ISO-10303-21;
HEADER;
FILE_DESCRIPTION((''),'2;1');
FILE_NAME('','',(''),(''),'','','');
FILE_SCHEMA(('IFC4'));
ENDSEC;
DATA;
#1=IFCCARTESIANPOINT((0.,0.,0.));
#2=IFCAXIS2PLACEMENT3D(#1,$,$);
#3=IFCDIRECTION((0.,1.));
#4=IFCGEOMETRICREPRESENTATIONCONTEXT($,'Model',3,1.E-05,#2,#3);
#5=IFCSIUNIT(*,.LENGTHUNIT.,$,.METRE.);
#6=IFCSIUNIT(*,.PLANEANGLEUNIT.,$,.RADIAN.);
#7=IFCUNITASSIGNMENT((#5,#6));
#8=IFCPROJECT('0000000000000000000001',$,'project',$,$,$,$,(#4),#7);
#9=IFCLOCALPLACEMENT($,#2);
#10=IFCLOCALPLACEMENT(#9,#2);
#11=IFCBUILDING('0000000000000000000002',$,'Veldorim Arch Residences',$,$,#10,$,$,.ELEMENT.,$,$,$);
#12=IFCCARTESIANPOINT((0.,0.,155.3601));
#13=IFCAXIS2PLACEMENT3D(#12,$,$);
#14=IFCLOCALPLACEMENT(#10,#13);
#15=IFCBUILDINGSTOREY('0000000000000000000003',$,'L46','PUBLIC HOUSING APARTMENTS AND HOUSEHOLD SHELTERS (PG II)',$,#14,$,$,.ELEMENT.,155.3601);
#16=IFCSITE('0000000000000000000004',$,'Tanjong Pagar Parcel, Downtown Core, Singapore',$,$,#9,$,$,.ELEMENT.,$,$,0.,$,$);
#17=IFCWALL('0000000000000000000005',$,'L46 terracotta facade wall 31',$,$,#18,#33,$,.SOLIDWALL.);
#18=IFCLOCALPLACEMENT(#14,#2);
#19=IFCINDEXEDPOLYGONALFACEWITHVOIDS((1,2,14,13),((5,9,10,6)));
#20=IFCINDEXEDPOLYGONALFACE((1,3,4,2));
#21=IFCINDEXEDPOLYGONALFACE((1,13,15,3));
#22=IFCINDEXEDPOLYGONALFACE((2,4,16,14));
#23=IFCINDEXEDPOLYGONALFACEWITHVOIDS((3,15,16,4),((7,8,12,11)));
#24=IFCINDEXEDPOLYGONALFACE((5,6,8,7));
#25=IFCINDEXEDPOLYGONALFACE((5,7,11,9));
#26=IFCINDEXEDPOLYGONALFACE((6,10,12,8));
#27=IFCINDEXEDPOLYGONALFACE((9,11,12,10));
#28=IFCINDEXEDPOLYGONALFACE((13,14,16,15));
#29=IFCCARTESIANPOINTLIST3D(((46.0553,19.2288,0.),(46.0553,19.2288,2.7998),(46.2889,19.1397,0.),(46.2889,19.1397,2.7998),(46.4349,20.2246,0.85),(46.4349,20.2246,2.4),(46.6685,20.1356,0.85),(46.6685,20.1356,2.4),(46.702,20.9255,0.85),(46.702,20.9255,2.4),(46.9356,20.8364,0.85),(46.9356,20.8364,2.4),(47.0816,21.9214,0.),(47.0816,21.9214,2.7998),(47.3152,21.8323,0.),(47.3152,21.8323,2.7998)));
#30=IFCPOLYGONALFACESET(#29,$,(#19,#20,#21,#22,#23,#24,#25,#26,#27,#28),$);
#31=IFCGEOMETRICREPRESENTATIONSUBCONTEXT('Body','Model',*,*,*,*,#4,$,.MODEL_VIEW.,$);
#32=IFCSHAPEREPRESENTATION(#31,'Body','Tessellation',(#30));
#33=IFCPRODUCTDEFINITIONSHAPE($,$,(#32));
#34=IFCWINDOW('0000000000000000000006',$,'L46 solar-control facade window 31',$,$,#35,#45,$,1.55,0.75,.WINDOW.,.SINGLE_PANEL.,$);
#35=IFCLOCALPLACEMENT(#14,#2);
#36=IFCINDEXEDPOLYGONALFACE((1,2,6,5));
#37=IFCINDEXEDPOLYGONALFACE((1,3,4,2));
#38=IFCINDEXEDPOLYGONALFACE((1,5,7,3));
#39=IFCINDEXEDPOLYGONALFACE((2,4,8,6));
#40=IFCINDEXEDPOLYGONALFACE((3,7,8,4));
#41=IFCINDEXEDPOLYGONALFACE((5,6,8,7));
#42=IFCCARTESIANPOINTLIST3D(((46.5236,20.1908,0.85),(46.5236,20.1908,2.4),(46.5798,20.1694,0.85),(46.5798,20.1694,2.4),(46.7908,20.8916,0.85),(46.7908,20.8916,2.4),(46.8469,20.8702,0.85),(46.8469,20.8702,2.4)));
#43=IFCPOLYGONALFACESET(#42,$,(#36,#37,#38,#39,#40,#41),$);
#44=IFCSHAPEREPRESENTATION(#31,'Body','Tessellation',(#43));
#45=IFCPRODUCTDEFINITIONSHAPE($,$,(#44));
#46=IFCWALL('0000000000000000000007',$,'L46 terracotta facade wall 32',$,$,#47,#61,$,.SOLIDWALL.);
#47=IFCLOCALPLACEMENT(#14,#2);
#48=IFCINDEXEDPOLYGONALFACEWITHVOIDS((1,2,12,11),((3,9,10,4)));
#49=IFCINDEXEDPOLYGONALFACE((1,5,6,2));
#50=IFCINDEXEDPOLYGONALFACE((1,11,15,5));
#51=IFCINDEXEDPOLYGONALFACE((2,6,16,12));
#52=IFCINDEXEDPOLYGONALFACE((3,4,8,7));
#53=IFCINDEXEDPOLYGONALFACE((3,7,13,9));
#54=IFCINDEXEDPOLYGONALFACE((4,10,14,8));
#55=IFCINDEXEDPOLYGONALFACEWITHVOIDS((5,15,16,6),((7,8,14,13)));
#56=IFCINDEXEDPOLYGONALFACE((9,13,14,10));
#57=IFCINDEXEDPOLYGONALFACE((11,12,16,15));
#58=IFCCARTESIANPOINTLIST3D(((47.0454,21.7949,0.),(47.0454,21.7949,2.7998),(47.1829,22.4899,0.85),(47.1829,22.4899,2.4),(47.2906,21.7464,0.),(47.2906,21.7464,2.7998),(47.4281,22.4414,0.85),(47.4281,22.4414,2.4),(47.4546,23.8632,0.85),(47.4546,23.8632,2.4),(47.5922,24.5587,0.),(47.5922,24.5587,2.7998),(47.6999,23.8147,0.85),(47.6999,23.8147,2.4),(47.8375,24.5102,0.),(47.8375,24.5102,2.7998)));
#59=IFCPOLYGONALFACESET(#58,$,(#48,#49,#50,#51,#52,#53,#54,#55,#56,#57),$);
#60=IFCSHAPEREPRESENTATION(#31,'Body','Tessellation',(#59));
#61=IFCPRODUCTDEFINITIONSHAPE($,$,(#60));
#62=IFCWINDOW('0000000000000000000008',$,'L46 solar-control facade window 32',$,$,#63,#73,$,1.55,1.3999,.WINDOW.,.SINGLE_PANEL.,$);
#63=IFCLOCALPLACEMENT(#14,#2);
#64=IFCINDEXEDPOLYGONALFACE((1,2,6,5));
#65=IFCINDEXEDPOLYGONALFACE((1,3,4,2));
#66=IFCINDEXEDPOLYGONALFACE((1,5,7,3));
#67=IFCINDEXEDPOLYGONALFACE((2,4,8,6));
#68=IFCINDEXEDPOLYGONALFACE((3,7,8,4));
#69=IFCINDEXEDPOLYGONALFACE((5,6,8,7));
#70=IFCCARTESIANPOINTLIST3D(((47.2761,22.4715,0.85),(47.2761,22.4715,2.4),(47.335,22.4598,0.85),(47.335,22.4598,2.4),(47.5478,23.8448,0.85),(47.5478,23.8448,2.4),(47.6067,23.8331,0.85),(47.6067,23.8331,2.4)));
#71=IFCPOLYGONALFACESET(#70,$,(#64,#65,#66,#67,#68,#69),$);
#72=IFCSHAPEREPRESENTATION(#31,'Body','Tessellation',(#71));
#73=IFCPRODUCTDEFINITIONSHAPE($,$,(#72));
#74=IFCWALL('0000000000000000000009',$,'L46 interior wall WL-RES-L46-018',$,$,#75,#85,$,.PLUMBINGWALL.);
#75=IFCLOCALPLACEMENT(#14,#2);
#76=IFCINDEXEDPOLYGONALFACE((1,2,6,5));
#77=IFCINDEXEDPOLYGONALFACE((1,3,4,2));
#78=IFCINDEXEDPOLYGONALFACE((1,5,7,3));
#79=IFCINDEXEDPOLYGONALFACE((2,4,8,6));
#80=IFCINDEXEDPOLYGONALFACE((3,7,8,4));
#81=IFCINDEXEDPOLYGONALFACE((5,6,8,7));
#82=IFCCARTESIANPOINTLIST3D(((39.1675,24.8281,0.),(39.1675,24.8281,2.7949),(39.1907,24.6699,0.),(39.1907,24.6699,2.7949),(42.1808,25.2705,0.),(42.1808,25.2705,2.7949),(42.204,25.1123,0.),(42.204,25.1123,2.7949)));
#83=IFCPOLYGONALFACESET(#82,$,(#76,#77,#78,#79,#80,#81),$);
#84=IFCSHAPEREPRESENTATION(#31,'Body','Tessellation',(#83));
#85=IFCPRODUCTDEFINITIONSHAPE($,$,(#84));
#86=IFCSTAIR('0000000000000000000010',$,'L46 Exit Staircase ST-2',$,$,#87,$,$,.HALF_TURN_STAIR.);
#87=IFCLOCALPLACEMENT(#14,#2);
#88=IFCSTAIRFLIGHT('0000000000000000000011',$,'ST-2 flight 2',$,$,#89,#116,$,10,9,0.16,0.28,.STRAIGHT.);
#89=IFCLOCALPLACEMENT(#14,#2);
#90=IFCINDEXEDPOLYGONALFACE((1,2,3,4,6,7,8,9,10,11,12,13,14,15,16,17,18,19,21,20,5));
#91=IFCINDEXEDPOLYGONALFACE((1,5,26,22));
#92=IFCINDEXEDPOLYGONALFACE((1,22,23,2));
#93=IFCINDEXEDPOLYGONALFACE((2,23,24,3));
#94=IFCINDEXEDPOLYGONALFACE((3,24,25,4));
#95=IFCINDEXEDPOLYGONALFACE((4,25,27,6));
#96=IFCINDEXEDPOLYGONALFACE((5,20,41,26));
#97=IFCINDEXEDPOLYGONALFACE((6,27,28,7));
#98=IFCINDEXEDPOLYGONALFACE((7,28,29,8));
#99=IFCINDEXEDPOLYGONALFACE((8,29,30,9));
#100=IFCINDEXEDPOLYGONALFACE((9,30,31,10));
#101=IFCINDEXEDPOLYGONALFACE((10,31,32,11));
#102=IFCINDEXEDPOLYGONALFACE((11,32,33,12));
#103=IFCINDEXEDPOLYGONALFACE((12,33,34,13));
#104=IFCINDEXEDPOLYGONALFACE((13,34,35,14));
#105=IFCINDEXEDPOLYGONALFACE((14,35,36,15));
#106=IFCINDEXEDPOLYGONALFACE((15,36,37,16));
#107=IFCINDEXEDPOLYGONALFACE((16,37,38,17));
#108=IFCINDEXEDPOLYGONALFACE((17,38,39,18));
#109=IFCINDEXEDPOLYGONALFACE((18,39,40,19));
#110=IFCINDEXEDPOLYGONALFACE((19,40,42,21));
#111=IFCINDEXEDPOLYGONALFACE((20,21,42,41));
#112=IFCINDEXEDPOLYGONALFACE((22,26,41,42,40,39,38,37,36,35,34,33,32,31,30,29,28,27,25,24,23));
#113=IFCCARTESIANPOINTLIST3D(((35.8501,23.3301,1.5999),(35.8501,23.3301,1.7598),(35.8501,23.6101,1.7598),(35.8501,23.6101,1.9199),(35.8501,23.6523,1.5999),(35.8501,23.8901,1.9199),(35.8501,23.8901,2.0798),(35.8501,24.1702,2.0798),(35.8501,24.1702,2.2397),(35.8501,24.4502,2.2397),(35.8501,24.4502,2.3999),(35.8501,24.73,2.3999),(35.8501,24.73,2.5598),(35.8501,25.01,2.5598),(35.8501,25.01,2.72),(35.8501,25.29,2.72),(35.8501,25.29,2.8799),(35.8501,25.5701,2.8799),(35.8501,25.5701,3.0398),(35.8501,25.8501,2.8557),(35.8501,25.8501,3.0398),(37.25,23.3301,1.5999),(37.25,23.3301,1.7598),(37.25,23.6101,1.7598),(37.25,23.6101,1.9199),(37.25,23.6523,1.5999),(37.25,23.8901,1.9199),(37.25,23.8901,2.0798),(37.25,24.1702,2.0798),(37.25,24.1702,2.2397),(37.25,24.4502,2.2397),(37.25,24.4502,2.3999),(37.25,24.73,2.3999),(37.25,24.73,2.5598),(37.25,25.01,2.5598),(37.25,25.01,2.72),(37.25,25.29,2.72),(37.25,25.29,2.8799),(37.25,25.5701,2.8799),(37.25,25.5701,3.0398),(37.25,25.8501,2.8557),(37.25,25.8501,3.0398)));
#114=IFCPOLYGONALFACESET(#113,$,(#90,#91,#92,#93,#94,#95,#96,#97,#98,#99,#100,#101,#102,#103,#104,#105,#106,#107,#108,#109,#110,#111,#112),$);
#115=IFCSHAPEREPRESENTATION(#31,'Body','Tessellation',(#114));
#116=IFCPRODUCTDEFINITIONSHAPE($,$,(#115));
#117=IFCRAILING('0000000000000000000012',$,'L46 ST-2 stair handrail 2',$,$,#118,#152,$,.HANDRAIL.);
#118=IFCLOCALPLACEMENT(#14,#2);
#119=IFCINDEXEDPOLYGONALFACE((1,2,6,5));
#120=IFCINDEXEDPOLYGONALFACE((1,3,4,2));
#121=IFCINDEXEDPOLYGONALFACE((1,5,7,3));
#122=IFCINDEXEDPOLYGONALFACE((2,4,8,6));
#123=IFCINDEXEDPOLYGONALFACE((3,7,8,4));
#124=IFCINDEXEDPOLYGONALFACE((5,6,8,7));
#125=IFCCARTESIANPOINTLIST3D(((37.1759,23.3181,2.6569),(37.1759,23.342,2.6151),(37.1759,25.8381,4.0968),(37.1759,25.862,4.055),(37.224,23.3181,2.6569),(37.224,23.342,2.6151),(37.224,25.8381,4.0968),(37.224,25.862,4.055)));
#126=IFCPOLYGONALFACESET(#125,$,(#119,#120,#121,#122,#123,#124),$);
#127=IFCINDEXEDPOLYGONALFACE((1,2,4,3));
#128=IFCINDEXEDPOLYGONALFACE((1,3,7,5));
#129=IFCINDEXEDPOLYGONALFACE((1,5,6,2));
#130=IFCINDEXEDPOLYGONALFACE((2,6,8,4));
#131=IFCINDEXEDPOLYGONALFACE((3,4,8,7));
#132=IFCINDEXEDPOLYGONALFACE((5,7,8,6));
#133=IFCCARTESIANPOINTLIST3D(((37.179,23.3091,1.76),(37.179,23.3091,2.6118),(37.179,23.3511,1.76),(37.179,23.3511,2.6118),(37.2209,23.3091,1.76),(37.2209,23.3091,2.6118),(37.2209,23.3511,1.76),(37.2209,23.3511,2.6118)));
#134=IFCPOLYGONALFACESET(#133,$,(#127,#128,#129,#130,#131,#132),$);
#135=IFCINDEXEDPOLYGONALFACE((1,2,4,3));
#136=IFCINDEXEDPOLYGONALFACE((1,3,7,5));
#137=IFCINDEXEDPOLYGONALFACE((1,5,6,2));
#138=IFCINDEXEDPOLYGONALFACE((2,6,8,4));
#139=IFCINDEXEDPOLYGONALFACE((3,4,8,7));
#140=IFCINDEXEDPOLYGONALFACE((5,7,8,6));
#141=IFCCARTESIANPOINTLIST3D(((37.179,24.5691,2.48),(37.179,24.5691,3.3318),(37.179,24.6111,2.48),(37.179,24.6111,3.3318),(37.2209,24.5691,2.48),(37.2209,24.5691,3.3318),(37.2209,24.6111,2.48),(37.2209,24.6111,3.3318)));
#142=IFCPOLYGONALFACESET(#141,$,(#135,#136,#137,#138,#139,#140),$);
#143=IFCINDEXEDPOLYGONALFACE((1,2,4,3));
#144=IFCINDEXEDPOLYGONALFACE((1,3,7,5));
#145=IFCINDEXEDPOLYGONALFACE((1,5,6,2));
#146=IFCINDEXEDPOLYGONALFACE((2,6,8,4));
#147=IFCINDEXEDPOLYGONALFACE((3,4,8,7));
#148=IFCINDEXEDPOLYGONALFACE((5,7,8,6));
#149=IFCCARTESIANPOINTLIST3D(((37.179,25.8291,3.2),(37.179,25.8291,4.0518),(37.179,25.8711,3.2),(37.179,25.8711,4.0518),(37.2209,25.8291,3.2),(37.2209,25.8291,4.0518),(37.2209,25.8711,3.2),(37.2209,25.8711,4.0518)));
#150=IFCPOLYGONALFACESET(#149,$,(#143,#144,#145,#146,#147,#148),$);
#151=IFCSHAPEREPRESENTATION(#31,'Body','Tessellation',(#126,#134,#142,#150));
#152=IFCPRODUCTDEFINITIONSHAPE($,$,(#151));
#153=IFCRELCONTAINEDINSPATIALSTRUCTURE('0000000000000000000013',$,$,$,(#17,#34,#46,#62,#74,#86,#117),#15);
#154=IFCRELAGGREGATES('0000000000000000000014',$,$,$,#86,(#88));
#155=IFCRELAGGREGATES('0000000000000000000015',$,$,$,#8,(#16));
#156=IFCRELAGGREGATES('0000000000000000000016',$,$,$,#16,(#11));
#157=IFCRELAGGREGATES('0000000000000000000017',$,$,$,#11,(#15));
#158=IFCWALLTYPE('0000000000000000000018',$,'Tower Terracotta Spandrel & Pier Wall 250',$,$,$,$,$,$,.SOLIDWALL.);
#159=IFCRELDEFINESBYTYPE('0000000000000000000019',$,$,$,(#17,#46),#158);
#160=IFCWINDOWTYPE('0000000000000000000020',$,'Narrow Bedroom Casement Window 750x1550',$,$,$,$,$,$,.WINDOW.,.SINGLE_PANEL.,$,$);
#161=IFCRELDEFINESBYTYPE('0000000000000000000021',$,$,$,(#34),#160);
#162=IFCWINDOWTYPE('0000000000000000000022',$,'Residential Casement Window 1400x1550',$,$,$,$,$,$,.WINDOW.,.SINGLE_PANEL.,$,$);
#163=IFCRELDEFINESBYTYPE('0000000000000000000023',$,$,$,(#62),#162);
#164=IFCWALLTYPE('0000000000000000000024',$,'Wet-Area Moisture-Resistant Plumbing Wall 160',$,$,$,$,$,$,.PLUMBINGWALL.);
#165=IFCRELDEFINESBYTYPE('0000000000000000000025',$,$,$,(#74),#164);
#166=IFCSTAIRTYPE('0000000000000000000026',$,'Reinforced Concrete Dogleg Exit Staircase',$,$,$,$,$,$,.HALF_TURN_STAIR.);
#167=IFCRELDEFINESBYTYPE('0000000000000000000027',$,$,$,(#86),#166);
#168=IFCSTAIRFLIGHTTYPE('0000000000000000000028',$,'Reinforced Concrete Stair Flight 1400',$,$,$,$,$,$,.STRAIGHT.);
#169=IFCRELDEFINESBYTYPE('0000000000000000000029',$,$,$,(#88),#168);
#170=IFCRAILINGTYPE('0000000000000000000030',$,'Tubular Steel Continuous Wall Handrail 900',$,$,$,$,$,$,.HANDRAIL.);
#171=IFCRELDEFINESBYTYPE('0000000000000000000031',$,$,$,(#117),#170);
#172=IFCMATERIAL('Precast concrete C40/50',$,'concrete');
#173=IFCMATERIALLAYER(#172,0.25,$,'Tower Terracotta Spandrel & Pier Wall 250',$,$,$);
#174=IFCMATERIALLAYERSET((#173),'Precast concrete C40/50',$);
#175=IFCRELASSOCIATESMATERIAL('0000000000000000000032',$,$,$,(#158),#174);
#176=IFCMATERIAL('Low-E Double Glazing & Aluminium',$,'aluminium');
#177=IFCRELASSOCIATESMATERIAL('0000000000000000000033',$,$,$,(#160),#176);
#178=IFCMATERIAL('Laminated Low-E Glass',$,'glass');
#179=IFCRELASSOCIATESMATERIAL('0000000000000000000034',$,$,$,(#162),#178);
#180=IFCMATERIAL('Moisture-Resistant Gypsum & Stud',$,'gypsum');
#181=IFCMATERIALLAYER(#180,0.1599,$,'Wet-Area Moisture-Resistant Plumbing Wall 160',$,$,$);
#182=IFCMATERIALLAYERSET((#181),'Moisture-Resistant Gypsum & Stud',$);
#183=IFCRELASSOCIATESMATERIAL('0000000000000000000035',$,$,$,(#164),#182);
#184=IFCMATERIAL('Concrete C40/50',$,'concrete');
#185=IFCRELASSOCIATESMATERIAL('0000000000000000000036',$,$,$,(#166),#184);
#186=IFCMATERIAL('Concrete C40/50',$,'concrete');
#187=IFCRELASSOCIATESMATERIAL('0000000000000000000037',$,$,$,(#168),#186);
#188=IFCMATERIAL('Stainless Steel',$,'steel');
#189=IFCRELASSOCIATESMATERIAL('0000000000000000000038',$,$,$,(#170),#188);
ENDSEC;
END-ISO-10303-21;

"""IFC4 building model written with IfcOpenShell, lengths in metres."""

from ifc_helpers import new_model, si_unit, direction, frame, frame_2d, origin, origin_2d, place, context, subcontext, project, spatial, polyline, rectangle, outline, extrude, material, layer, layer_set, type_object, element, fill, aggregate, save


model = new_model("IFC4")

# Units and contexts
model_context = context("Model", 3, precision=1e-05, world=origin(), true_north=direction((0.0, 1.0)))
body_context = subcontext(model_context, "Body", "Model", "MODEL_VIEW")
ifc_project = project(units=[si_unit("LENGTHUNIT", "METRE"), si_unit("PLANEANGLEUNIT", "RADIAN")], contexts=[model_context])

# Site, building, storey
site_placement = place(None, origin())
site = spatial("IfcSite", under=ifc_project, at=site_placement, Name="Tanjong Pagar Parcel, Downtown Core, Singapore", CompositionType="ELEMENT", RefElevation=0.0)
building_placement = place(site_placement, origin())
building = spatial("IfcBuilding", under=site, at=building_placement, Name="Veldorim Arch Residences", CompositionType="ELEMENT")
storey_placement = place(building_placement, frame((0.0, 0.0, 155.3601)))
storey = spatial("IfcBuildingStorey", under=building, at=storey_placement, Name="L46", Description="PUBLIC HOUSING APARTMENTS AND HOUSEHOLD SHELTERS (PG II)", CompositionType="ELEMENT", Elevation=155.3601)

# Walls, openings, windows
ifc_material_1 = material(Name="Precast concrete C40/50", Category="concrete")
ifc_layer_1 = layer(ifc_material_1, 0.25, Name="Tower Terracotta Spandrel & Pier Wall 250")
ifc_layer_set_1 = layer_set([ifc_layer_1], Name="Precast concrete C40/50")
wall_type_1 = type_object("IfcWallType", Name="Tower Terracotta Spandrel & Pier Wall 250", PredefinedType="SOLIDWALL", material=ifc_layer_set_1)
wall_1_placement = place(storey_placement, frame((47.1985, 21.877, 0.0), z_axis=(0.0, 0.0, 1.0), x_axis=(-0.356179, -0.934418, 0.0)))
wall_1 = element("IfcWall", 1, at=wall_1_placement, inside=storey, type_object=wall_type_1, Name="L46 terracotta facade wall 31", PredefinedType="SOLIDWALL", context=body_context, shape_type="SweptSolid", body=[
    extrude(rectangle(XDim=2.8816, YDim=0.25, at=frame_2d((1.4409, 0.0))), origin(), (0.0, 0.0, 1.0), 2.7998),
])
opening_1_placement = place(wall_1_placement, frame((1.0659, 0.0, 0.8501)))
opening_1 = element("IfcOpeningElement", 2, at=opening_1_placement, cuts=wall_1, PredefinedType="OPENING", context=body_context, shape_type="SweptSolid", body=[
    extrude(rectangle(XDim=0.75, YDim=1.55, at=frame_2d((0.375, 0.7749))), frame((0.0, 0.135, 0.0), z_axis=(0.0, -1.0, 0.0), x_axis=(1.0, 0.0, 0.0)), (0.0, 0.0, 1.0), 0.27),
])
ifc_material_2 = material(Name="Low-E Double Glazing & Aluminium", Category="aluminium")
window_type_1 = type_object("IfcWindowType", Name="Narrow Bedroom Casement Window 750x1550", PartitioningType="SINGLE_PANEL", PredefinedType="WINDOW", material=ifc_material_2)
window_1_placement = place(opening_1_placement, origin())
window_1 = element("IfcWindow", 3, at=window_1_placement, inside=storey, type_object=window_type_1, Name="L46 solar-control facade window 31", OverallHeight=1.55, OverallWidth=0.75, PartitioningType="SINGLE_PANEL", PredefinedType="WINDOW", context=body_context, shape_type="SweptSolid", body=[
    extrude(rectangle(XDim=0.75, YDim=1.55, at=frame_2d((0.375, 0.7749))), frame((0.0, 0.03, 0.0), z_axis=(0.0, -1.0, 0.0), x_axis=(1.0, 0.0, 0.0)), (0.0, 0.0, 1.0), 0.0601),
])
fill(opening_1, window_1)
wall_2_placement = place(storey_placement, frame((47.7148, 24.5344, 0.0), z_axis=(0.0, 0.0, 1.0), x_axis=(-0.194099, -0.980982, 0.0)))
wall_2 = element("IfcWall", 4, at=wall_2_placement, inside=storey, type_object=wall_type_1, Name="L46 terracotta facade wall 32", PredefinedType="SOLIDWALL", context=body_context, shape_type="SweptSolid", body=[
    extrude(rectangle(XDim=2.8174, YDim=0.25, at=frame_2d((1.4087, 0.0))), origin(), (0.0, 0.0, 1.0), 2.7998),
])
opening_2_placement = place(wall_2_placement, frame((0.709, 0.0, 0.8501)))
opening_2 = element("IfcOpeningElement", 5, at=opening_2_placement, cuts=wall_2, PredefinedType="OPENING", context=body_context, shape_type="SweptSolid", body=[
    extrude(rectangle(XDim=1.3999, YDim=1.55, at=frame_2d((0.7, 0.7749))), frame((0.0, 0.135, 0.0), z_axis=(0.0, -1.0, 0.0), x_axis=(1.0, 0.0, 0.0)), (0.0, 0.0, 1.0), 0.27),
])
ifc_material_3 = material(Name="Laminated Low-E Glass", Category="glass")
window_type_2 = type_object("IfcWindowType", Name="Residential Casement Window 1400x1550", PartitioningType="SINGLE_PANEL", PredefinedType="WINDOW", material=ifc_material_3)
window_2_placement = place(opening_2_placement, origin())
window_2 = element("IfcWindow", 6, at=window_2_placement, inside=storey, type_object=window_type_2, Name="L46 solar-control facade window 32", OverallHeight=1.55, OverallWidth=1.3999, PartitioningType="SINGLE_PANEL", PredefinedType="WINDOW", context=body_context, shape_type="SweptSolid", body=[
    extrude(rectangle(XDim=1.3999, YDim=1.55, at=frame_2d((0.7, 0.7749))), frame((0.0, 0.03, 0.0), z_axis=(0.0, -1.0, 0.0), x_axis=(1.0, 0.0, 0.0)), (0.0, 0.0, 1.0), 0.0601),
])
fill(opening_2, window_2)

# Wall
ifc_material_4 = material(Name="Moisture-Resistant Gypsum & Stud", Category="gypsum")
ifc_layer_2 = layer(ifc_material_4, 0.1599, Name="Wet-Area Moisture-Resistant Plumbing Wall 160")
ifc_layer_set_2 = layer_set([ifc_layer_2], Name="Moisture-Resistant Gypsum & Stud")
wall_type_2 = type_object("IfcWallType", Name="Wet-Area Moisture-Resistant Plumbing Wall 160", PredefinedType="PLUMBINGWALL", material=ifc_layer_set_2)
wall_3_placement = place(storey_placement, frame((39.179, 24.749, 0.0), z_axis=(0.0, 0.0, 1.0), x_axis=(0.989395, 0.145247, 0.0)))
element("IfcWall", 7, at=wall_3_placement, inside=storey, type_object=wall_type_2, Name="L46 interior wall WL-RES-L46-018", PredefinedType="PLUMBINGWALL", context=body_context, shape_type="SweptSolid", body=[
    extrude(rectangle(XDim=3.0457, YDim=0.1599, at=frame_2d((1.5229, 0.0))), origin(), (0.0, 0.0, 1.0), 2.7949),
])

# Stair, stair flight
ifc_material_5 = material(Name="Concrete C40/50", Category="concrete")
stair_type = type_object("IfcStairType", Name="Reinforced Concrete Dogleg Exit Staircase", PredefinedType="HALF_TURN_STAIR", material=ifc_material_5)
stair_placement = place(storey_placement, origin())
stair = element("IfcStair", 8, at=stair_placement, inside=storey, type_object=stair_type, Name="L46 Exit Staircase ST-2", PredefinedType="HALF_TURN_STAIR")
ifc_material_6 = material(Name="Concrete C40/50", Category="concrete")
stair_flight_type = type_object("IfcStairFlightType", Name="Reinforced Concrete Stair Flight 1400", PredefinedType="STRAIGHT", material=ifc_material_6)
stair_flight_placement = place(storey_placement, frame((36.55, 23.3301, 1.5999), z_axis=(0.0, 0.0, 1.0), x_axis=(0.0, 1.0, 0.0)))
stair_flight = element("IfcStairFlight", 9, at=stair_flight_placement, type_object=stair_flight_type, Name="ST-2 flight 2", NumberOfRisers=10, NumberOfTreads=9, PredefinedType="STRAIGHT", RiserHeight=0.16, TreadLength=0.28, context=body_context, shape_type="SweptSolid", body=[
    extrude(outline(polyline([(0.0, 0.0), (0.0, 0.1599), (0.28, 0.1599), (0.28, 0.3201), (0.5601, 0.3201), (0.5601, 0.48), (0.8401, 0.48), (0.8401, 0.6399), (1.1201, 0.6399), (1.1201, 0.8), (1.3999, 0.8), (1.3999, 0.96), (1.6799, 0.96), (1.6799, 1.1201), (1.96, 1.1201), (1.96, 1.28), (2.24, 1.28), (2.24, 1.4399), (2.52, 1.4399), (2.52, 1.6001), (2.52, 1.2559), (0.3223, 0.0), (0.0, 0.0)])), frame((0.0, 0.7, 0.0), z_axis=(0.0, -1.0, 0.0), x_axis=(1.0, 0.0, 0.0)), (0.0, 0.0, 1.0), 1.3999),
])
aggregate(stair, [stair_flight])

# Railing
ifc_material_7 = material(Name="Stainless Steel", Category="steel")
railing_type = type_object("IfcRailingType", Name="Tubular Steel Continuous Wall Handrail 900", PredefinedType="HANDRAIL", material=ifc_material_7)
railing_placement = place(storey_placement, frame((37.2, 23.3301, 1.76)))
element("IfcRailing", 10, at=railing_placement, inside=storey, type_object=railing_type, Name="L46 ST-2 stair handrail 2", PredefinedType="HANDRAIL", context=body_context, shape_type="SweptSolid", body=[
    extrude(rectangle(XDim=0.0481, YDim=0.0481, at=origin_2d()), frame((0.0, 0.0, 0.876), z_axis=(0.0, 0.868253, 0.496121), x_axis=(-1.0, 0.0, 0.0)), (0.0, 0.0, 1.0), 2.9023),
    extrude(rectangle(XDim=0.042, YDim=0.042, at=origin_2d()), origin(), (0.0, 0.0, 1.0), 0.8518),
    extrude(rectangle(XDim=0.042, YDim=0.042, at=origin_2d()), frame((0.0, 1.26, 0.72)), (0.0, 0.0, 1.0), 0.8518),
    extrude(rectangle(XDim=0.042, YDim=0.042, at=origin_2d()), frame((0.0, 2.52, 1.4399)), (0.0, 0.0, 1.0), 0.8518),
])

save(model, "model.ifc")
